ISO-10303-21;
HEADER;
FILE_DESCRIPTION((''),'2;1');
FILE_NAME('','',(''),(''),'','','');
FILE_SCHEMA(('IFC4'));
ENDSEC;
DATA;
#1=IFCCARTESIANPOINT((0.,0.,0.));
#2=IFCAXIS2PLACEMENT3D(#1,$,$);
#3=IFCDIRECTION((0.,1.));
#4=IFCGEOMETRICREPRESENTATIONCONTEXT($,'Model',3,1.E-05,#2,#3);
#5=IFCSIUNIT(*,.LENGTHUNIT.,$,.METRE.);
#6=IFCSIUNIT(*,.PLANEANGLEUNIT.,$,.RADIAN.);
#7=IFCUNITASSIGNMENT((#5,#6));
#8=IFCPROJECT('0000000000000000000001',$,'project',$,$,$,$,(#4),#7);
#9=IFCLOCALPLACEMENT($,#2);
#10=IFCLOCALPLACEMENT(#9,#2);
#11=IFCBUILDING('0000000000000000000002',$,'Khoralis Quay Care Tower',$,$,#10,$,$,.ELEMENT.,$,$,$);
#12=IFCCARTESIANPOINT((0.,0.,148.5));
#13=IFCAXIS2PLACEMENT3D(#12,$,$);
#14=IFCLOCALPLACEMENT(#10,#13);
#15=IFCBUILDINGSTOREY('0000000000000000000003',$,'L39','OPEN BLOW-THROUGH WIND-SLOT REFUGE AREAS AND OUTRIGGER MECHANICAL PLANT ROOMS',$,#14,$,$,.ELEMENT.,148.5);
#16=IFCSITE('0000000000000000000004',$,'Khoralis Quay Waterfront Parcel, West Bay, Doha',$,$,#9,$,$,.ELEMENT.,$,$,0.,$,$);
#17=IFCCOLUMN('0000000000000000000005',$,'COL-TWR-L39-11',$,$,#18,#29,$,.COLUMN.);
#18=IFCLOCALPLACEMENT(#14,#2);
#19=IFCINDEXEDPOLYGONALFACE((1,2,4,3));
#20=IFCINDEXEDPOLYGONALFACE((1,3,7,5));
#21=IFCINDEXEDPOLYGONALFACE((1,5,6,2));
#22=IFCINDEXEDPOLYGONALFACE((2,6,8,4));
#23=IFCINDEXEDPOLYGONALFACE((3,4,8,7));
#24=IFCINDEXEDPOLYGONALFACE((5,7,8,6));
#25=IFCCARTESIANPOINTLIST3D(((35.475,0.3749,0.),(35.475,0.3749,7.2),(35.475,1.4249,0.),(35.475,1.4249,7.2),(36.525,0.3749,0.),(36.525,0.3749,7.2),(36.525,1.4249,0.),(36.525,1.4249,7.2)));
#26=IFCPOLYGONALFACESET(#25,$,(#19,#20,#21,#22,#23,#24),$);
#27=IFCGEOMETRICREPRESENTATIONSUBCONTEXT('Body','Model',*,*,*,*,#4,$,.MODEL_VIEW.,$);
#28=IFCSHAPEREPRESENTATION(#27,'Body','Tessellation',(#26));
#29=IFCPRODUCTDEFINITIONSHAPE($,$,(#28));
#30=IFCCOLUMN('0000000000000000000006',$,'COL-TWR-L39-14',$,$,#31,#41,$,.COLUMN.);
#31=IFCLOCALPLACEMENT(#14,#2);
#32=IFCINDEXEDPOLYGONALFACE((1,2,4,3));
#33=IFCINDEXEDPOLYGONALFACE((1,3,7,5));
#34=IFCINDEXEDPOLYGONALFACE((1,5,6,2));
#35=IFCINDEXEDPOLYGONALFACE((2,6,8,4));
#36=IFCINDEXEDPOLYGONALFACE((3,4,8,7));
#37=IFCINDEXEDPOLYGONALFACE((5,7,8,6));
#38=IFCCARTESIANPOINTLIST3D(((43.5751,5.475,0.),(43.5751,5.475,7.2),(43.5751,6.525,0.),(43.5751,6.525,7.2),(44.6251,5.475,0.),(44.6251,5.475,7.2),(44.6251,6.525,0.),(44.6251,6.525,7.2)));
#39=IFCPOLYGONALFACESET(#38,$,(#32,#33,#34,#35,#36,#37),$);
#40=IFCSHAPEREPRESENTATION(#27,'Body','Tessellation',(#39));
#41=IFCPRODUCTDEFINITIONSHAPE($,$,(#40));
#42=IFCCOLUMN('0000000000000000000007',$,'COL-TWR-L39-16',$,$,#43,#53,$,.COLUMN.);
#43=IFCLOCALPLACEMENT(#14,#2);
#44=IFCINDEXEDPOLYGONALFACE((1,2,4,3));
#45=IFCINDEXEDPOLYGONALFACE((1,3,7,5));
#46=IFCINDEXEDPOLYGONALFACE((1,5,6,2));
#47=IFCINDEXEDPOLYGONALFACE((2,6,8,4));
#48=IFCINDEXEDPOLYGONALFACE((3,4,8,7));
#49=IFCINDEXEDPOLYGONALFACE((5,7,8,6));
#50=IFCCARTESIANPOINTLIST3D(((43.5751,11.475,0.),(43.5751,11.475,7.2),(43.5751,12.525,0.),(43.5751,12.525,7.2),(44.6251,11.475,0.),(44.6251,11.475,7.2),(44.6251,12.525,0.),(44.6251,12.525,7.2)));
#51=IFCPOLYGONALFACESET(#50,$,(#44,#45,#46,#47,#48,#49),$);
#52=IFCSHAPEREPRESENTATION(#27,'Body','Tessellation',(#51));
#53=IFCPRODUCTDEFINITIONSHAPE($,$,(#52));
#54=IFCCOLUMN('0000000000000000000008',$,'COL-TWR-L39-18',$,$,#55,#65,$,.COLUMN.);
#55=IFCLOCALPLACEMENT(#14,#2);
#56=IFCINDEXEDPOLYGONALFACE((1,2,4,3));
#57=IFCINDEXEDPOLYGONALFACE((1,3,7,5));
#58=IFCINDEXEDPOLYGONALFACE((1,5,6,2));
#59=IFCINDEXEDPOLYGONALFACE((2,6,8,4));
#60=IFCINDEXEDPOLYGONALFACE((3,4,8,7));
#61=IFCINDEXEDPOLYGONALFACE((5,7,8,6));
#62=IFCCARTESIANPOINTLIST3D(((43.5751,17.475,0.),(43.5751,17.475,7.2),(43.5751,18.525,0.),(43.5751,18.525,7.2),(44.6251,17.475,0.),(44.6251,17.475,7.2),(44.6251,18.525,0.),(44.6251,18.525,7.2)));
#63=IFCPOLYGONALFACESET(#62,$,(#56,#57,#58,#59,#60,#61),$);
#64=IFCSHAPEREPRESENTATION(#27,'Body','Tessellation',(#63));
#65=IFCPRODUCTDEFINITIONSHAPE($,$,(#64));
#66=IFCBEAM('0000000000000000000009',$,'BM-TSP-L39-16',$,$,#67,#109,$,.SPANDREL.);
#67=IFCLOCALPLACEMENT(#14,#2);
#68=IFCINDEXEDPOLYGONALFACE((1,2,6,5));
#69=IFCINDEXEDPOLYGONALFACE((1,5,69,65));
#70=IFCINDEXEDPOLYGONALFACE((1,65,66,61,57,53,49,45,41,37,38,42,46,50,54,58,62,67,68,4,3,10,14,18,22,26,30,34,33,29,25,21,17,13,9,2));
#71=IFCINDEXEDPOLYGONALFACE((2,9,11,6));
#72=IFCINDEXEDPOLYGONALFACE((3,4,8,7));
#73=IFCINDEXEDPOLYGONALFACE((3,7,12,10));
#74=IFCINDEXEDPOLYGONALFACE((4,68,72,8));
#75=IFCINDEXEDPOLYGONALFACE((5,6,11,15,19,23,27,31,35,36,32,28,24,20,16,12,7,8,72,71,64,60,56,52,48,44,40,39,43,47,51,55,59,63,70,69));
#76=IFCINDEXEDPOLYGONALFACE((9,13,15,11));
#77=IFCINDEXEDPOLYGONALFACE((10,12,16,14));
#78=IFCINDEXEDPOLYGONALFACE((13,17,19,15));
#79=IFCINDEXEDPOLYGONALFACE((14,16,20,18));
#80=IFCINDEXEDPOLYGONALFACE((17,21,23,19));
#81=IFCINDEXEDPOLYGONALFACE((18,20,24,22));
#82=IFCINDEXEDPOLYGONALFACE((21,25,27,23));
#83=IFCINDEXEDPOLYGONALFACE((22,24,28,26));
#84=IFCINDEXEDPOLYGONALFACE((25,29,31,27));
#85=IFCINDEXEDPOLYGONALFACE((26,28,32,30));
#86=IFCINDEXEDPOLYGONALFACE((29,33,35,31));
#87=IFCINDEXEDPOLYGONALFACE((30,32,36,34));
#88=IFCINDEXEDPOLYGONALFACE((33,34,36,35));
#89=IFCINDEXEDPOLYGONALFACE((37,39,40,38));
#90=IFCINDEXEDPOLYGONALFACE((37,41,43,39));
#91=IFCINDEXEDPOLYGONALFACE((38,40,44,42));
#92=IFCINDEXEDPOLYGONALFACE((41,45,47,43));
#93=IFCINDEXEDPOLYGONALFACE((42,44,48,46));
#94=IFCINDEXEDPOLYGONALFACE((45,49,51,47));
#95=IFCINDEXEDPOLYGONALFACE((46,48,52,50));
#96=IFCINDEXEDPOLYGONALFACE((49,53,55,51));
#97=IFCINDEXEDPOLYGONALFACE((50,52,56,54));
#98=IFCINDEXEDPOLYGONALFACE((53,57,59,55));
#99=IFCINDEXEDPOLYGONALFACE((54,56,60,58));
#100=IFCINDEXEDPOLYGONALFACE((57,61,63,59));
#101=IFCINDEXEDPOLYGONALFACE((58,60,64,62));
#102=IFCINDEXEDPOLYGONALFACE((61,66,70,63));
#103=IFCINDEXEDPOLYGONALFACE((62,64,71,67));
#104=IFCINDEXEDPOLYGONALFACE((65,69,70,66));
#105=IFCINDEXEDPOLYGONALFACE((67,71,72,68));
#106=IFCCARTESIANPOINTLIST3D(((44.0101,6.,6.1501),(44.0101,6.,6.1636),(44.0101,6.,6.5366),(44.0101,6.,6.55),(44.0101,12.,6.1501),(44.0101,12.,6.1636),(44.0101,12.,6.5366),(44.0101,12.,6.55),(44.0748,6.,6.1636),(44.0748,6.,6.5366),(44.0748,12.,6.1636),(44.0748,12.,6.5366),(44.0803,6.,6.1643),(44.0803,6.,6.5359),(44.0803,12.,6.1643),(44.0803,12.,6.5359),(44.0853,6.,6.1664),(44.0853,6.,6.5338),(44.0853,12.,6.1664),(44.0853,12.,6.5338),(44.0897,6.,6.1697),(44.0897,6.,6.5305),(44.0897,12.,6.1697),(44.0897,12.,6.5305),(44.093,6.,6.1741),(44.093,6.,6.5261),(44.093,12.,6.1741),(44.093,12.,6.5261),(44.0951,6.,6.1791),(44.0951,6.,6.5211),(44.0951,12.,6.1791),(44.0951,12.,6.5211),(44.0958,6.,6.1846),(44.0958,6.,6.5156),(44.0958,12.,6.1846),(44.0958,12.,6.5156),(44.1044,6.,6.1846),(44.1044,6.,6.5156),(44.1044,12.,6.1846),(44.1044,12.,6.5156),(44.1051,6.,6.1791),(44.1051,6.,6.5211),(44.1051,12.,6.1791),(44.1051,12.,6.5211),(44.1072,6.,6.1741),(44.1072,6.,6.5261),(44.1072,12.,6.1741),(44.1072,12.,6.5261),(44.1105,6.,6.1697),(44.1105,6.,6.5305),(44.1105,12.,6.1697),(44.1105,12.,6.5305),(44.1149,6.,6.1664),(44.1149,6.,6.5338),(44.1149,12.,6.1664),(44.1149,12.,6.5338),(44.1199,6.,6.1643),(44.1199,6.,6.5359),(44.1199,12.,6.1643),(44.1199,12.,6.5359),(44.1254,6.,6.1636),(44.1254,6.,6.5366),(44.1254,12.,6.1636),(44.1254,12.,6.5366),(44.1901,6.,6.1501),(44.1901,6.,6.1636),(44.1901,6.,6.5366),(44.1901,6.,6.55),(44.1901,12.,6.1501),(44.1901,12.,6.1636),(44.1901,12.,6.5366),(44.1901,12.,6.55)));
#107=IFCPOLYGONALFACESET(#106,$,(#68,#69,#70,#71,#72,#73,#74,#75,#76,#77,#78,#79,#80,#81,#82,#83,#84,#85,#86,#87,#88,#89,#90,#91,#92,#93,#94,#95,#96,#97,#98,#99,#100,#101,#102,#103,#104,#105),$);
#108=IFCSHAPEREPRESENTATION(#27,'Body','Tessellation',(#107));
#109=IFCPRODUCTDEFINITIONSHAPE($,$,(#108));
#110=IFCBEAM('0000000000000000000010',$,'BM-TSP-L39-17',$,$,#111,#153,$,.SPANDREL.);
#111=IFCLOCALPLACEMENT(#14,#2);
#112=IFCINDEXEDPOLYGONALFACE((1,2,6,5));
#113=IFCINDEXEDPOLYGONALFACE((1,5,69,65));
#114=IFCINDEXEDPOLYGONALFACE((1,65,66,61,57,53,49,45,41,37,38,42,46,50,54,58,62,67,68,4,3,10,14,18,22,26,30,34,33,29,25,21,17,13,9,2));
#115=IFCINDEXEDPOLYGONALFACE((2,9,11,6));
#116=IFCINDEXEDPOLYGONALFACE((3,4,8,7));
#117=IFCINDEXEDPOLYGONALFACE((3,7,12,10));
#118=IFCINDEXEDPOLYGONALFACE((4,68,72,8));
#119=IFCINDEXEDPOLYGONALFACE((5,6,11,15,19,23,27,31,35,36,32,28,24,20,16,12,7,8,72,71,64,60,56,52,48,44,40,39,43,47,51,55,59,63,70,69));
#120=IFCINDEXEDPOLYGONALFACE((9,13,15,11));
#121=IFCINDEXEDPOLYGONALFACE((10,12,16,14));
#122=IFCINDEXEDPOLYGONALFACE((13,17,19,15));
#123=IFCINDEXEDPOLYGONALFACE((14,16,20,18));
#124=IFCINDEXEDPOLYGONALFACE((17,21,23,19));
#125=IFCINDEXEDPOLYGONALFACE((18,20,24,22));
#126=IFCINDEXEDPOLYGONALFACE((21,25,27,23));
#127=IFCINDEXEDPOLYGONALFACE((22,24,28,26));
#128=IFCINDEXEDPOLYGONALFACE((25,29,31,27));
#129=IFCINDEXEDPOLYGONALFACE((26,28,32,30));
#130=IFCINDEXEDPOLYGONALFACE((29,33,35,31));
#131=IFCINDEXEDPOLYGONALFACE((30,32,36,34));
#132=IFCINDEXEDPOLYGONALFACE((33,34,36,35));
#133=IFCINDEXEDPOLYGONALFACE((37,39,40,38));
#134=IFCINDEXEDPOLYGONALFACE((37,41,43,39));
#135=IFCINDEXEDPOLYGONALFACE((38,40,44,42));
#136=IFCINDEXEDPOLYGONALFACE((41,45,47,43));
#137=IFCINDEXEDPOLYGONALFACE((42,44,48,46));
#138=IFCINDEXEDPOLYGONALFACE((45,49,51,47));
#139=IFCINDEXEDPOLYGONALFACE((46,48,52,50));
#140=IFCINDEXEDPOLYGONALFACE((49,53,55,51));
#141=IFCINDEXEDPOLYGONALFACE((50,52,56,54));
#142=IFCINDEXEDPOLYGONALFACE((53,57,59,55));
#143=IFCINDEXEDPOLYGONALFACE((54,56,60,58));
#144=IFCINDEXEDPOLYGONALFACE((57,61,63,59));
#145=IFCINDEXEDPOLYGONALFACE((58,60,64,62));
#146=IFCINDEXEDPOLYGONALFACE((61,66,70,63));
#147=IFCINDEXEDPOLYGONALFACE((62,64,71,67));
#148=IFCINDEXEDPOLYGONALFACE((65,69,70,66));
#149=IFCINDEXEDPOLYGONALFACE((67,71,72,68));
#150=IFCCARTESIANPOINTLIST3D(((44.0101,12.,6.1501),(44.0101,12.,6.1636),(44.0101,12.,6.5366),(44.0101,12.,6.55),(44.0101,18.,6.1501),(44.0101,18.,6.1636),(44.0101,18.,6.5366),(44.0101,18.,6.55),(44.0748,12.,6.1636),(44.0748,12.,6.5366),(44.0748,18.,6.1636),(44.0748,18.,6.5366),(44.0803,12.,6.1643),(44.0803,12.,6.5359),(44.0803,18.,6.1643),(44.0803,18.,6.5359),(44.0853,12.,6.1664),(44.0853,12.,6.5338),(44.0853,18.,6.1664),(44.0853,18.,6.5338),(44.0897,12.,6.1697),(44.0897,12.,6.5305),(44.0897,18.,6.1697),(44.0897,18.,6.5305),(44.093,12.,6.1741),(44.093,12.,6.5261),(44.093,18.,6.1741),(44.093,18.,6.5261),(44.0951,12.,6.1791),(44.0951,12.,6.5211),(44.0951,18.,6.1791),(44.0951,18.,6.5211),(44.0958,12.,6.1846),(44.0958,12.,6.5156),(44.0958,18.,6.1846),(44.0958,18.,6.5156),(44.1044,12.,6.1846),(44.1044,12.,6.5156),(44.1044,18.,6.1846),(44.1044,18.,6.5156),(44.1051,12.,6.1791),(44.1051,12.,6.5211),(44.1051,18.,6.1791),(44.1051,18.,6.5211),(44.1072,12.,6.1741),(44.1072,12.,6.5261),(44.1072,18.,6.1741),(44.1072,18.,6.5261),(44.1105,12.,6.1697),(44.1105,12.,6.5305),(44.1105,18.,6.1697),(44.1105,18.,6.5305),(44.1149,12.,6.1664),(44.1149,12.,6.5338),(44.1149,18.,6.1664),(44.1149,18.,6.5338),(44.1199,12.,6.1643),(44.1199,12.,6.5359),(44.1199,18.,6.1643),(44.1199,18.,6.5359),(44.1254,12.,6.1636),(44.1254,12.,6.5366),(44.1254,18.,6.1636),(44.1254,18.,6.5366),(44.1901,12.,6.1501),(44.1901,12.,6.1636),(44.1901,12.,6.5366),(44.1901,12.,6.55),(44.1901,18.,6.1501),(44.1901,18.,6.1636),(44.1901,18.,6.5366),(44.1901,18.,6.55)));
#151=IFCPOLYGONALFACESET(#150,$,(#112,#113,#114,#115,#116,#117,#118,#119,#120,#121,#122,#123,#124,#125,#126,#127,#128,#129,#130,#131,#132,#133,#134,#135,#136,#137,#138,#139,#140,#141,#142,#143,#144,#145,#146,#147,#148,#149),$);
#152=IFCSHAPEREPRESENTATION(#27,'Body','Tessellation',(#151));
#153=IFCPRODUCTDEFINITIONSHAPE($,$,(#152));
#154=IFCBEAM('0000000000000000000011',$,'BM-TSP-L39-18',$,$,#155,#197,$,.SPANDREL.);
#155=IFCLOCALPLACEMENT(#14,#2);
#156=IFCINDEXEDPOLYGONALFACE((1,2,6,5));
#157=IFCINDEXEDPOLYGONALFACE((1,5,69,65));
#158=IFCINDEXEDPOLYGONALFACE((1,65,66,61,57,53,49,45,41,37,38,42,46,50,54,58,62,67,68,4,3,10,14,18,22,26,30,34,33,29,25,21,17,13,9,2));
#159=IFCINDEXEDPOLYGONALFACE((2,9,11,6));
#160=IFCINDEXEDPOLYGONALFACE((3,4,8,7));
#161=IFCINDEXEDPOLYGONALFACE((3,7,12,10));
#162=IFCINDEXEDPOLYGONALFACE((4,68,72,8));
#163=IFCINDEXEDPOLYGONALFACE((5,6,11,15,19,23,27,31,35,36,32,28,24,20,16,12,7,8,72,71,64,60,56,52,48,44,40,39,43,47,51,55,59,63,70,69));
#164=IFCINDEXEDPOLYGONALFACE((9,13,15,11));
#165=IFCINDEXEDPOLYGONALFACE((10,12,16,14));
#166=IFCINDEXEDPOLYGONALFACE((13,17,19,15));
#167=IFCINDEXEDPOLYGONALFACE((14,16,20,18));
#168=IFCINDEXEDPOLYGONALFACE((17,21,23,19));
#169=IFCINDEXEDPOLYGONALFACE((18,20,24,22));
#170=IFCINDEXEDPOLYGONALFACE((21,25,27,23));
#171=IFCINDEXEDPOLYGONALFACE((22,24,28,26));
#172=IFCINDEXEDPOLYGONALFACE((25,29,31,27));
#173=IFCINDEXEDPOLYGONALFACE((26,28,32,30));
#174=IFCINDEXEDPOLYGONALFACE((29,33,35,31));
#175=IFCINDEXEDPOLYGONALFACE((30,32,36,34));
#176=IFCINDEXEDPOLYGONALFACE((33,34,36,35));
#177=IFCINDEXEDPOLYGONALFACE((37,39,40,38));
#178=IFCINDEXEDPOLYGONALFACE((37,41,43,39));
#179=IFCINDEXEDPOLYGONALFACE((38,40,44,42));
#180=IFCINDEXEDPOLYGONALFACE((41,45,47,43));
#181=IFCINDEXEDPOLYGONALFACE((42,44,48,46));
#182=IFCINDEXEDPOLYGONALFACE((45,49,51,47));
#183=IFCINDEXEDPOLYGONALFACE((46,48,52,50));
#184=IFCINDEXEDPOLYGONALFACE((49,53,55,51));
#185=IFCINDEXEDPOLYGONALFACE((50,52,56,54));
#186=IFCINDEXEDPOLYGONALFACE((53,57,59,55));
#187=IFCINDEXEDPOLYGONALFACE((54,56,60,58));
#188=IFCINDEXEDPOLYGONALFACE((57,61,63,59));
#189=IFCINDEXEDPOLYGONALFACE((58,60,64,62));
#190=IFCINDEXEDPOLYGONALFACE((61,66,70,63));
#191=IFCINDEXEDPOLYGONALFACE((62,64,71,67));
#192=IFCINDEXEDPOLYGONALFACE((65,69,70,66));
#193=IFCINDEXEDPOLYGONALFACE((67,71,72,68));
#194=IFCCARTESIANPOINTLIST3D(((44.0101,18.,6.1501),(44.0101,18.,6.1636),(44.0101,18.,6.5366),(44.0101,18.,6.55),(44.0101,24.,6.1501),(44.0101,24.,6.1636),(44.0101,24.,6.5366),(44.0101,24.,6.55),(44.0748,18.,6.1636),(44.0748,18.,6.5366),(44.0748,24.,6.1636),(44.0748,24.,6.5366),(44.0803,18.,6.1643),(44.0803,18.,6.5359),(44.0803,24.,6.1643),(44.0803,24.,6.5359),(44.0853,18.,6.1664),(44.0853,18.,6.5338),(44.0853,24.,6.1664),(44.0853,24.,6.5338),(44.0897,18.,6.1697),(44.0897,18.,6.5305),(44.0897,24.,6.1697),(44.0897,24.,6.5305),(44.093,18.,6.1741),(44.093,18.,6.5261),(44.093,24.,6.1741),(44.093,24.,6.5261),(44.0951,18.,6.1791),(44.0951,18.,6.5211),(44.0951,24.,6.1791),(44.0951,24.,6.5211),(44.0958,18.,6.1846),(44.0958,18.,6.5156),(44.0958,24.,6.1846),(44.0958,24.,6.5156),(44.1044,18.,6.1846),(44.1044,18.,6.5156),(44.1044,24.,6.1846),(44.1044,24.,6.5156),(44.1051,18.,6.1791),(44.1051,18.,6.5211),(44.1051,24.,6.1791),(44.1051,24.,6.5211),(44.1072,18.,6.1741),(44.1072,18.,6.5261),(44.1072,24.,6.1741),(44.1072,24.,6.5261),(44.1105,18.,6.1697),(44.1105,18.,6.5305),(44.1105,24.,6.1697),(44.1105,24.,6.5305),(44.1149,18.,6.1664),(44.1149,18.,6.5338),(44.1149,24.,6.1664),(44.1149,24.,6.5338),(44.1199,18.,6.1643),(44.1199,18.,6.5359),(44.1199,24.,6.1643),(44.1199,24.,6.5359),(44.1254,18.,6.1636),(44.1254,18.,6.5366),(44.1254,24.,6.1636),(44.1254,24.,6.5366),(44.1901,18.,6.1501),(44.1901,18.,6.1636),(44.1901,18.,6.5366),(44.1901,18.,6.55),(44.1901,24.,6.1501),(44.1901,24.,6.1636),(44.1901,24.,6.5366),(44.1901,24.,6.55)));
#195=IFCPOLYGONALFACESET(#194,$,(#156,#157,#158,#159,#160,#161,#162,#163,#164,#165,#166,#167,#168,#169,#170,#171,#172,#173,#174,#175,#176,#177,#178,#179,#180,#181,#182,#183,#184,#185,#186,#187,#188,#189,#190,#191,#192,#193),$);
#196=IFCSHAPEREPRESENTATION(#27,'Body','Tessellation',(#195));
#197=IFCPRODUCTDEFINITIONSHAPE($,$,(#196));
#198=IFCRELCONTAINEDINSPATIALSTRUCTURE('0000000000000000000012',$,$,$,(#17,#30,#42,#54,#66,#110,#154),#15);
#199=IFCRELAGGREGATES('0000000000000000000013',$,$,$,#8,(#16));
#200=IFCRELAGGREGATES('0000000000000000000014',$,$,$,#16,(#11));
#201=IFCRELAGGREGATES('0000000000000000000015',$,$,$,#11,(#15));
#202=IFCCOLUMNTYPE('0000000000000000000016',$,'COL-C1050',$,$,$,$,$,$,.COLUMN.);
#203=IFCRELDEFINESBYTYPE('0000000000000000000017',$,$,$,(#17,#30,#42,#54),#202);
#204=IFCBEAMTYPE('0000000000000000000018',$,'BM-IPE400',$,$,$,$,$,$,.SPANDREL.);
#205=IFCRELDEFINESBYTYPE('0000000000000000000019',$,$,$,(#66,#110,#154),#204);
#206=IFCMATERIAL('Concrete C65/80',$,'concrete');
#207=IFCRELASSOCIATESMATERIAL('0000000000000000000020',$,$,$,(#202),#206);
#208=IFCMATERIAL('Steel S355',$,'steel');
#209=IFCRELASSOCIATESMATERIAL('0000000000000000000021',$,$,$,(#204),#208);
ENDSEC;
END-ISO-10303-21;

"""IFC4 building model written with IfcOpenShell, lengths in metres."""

from ifc_helpers import new_model, si_unit, direction, frame, origin, origin_2d, place, context, subcontext, project, spatial, rectangle, i_section, extrude, source, transform, mapped, material, material_profile, profile_set, type_object, element, save


model = new_model("IFC4")

# Units and contexts
model_context = context("Model", 3, precision=1e-05, world=origin(), true_north=direction((0.0, 1.0)))
body_context = subcontext(model_context, "Body", "Model", "MODEL_VIEW")
ifc_project = project(units=[si_unit("LENGTHUNIT", "METRE"), si_unit("PLANEANGLEUNIT", "RADIAN")], contexts=[model_context])

# Site, building, storey
site_placement = place(None, origin())
site = spatial("IfcSite", under=ifc_project, at=site_placement, Name="Khoralis Quay Waterfront Parcel, West Bay, Doha", CompositionType="ELEMENT", RefElevation=0.0)
building_placement = place(site_placement, origin())
building = spatial("IfcBuilding", under=site, at=building_placement, Name="Khoralis Quay Care Tower", CompositionType="ELEMENT")
storey_placement = place(building_placement, frame((0.0, 0.0, 148.5)))
storey = spatial("IfcBuildingStorey", under=building, at=storey_placement, Name="L39", Description="OPEN BLOW-THROUGH WIND-SLOT REFUGE AREAS AND OUTRIGGER MECHANICAL PLANT ROOMS", CompositionType="ELEMENT", Elevation=148.5)

# Columns
ifc_material_1 = material(Name="Concrete C65/80", Category="concrete")
ifc_material_profile_1 = material_profile(ifc_material_1, rectangle(XDim=1.05, YDim=1.05, at=origin_2d()), Name="Concrete C65/80")
ifc_profile_set_1 = profile_set([ifc_material_profile_1], Name="Concrete C65/80")
column_type = type_object("IfcColumnType", Name="COL-C1050", PredefinedType="COLUMN", material=ifc_profile_set_1)
shared_shape_1 = source(origin(), body_context, "Body", "SweptSolid", [
    extrude(rectangle(XDim=1.05, YDim=1.05, at=origin_2d()), origin(), (0.0, 0.0, 1.0), 7.2),
])
for number, where, z_axis, x_axis, name in (
    (1, (36.0, 0.8999, 0.0), (0.0, 0.0, 1.0), (1.0, 0.0, 0.0), "COL-TWR-L39-11"),
    (2, (44.1001, 6.0, 0.0), (0.0, 0.0, 1.0), (1.0, 0.0, 0.0), "COL-TWR-L39-14"),
    (3, (44.1001, 12.0, 0.0), (0.0, 0.0, 1.0), (1.0, 0.0, 0.0), "COL-TWR-L39-16"),
    (4, (44.1001, 18.0, 0.0), (0.0, 0.0, 1.0), (1.0, 0.0, 0.0), "COL-TWR-L39-18"),
):
    element("IfcColumn", number, at=place(storey_placement, frame(where, z_axis=z_axis, x_axis=x_axis)), inside=storey, type_object=column_type, Name=name, PredefinedType="COLUMN", context=body_context, shape_type="MappedRepresentation", body=[
        mapped(shared_shape_1, transform((0.0, 0.0, 0.0), scale=1.0)),
    ])

# Beams
ifc_material_2 = material(Name="Steel S355", Category="steel")
ifc_material_profile_2 = material_profile(ifc_material_2, i_section(OverallWidth=0.1799, OverallDepth=0.3999, WebThickness=0.0085, FlangeThickness=0.0134, FilletRadius=0.021, at=origin_2d()), Name="Steel S355")
ifc_profile_set_2 = profile_set([ifc_material_profile_2], Name="Steel S355")
beam_type_1 = type_object("IfcBeamType", Name="BM-IPE400", PredefinedType="SPANDREL", material=ifc_profile_set_2)
shared_shape_2 = source(origin(), body_context, "Body", "SweptSolid", [
    extrude(i_section(OverallWidth=0.1799, OverallDepth=0.3999, WebThickness=0.0085, FlangeThickness=0.0134, FilletRadius=0.021, at=origin_2d()), origin(), (0.0, 0.0, 1.0), 6.0),
])
for number, where, z_axis, x_axis, name in (
    (5, (44.1001, 6.0, 6.3501), (0.0, 1.0, 0.0), (-1.0, 0.0, 0.0), "BM-TSP-L39-16"),
    (6, (44.1001, 12.0, 6.3501), (0.0, 1.0, 0.0), (-1.0, 0.0, 0.0), "BM-TSP-L39-17"),
    (7, (44.1001, 18.0, 6.3501), (0.0, 1.0, 0.0), (-1.0, 0.0, 0.0), "BM-TSP-L39-18"),
):
    element("IfcBeam", number, at=place(storey_placement, frame(where, z_axis=z_axis, x_axis=x_axis)), inside=storey, type_object=beam_type_1, Name=name, PredefinedType="SPANDREL", context=body_context, shape_type="MappedRepresentation", body=[
        mapped(shared_shape_2, transform((0.0, 0.0, 0.0), scale=1.0)),
    ])

save(model, "model.ifc")
